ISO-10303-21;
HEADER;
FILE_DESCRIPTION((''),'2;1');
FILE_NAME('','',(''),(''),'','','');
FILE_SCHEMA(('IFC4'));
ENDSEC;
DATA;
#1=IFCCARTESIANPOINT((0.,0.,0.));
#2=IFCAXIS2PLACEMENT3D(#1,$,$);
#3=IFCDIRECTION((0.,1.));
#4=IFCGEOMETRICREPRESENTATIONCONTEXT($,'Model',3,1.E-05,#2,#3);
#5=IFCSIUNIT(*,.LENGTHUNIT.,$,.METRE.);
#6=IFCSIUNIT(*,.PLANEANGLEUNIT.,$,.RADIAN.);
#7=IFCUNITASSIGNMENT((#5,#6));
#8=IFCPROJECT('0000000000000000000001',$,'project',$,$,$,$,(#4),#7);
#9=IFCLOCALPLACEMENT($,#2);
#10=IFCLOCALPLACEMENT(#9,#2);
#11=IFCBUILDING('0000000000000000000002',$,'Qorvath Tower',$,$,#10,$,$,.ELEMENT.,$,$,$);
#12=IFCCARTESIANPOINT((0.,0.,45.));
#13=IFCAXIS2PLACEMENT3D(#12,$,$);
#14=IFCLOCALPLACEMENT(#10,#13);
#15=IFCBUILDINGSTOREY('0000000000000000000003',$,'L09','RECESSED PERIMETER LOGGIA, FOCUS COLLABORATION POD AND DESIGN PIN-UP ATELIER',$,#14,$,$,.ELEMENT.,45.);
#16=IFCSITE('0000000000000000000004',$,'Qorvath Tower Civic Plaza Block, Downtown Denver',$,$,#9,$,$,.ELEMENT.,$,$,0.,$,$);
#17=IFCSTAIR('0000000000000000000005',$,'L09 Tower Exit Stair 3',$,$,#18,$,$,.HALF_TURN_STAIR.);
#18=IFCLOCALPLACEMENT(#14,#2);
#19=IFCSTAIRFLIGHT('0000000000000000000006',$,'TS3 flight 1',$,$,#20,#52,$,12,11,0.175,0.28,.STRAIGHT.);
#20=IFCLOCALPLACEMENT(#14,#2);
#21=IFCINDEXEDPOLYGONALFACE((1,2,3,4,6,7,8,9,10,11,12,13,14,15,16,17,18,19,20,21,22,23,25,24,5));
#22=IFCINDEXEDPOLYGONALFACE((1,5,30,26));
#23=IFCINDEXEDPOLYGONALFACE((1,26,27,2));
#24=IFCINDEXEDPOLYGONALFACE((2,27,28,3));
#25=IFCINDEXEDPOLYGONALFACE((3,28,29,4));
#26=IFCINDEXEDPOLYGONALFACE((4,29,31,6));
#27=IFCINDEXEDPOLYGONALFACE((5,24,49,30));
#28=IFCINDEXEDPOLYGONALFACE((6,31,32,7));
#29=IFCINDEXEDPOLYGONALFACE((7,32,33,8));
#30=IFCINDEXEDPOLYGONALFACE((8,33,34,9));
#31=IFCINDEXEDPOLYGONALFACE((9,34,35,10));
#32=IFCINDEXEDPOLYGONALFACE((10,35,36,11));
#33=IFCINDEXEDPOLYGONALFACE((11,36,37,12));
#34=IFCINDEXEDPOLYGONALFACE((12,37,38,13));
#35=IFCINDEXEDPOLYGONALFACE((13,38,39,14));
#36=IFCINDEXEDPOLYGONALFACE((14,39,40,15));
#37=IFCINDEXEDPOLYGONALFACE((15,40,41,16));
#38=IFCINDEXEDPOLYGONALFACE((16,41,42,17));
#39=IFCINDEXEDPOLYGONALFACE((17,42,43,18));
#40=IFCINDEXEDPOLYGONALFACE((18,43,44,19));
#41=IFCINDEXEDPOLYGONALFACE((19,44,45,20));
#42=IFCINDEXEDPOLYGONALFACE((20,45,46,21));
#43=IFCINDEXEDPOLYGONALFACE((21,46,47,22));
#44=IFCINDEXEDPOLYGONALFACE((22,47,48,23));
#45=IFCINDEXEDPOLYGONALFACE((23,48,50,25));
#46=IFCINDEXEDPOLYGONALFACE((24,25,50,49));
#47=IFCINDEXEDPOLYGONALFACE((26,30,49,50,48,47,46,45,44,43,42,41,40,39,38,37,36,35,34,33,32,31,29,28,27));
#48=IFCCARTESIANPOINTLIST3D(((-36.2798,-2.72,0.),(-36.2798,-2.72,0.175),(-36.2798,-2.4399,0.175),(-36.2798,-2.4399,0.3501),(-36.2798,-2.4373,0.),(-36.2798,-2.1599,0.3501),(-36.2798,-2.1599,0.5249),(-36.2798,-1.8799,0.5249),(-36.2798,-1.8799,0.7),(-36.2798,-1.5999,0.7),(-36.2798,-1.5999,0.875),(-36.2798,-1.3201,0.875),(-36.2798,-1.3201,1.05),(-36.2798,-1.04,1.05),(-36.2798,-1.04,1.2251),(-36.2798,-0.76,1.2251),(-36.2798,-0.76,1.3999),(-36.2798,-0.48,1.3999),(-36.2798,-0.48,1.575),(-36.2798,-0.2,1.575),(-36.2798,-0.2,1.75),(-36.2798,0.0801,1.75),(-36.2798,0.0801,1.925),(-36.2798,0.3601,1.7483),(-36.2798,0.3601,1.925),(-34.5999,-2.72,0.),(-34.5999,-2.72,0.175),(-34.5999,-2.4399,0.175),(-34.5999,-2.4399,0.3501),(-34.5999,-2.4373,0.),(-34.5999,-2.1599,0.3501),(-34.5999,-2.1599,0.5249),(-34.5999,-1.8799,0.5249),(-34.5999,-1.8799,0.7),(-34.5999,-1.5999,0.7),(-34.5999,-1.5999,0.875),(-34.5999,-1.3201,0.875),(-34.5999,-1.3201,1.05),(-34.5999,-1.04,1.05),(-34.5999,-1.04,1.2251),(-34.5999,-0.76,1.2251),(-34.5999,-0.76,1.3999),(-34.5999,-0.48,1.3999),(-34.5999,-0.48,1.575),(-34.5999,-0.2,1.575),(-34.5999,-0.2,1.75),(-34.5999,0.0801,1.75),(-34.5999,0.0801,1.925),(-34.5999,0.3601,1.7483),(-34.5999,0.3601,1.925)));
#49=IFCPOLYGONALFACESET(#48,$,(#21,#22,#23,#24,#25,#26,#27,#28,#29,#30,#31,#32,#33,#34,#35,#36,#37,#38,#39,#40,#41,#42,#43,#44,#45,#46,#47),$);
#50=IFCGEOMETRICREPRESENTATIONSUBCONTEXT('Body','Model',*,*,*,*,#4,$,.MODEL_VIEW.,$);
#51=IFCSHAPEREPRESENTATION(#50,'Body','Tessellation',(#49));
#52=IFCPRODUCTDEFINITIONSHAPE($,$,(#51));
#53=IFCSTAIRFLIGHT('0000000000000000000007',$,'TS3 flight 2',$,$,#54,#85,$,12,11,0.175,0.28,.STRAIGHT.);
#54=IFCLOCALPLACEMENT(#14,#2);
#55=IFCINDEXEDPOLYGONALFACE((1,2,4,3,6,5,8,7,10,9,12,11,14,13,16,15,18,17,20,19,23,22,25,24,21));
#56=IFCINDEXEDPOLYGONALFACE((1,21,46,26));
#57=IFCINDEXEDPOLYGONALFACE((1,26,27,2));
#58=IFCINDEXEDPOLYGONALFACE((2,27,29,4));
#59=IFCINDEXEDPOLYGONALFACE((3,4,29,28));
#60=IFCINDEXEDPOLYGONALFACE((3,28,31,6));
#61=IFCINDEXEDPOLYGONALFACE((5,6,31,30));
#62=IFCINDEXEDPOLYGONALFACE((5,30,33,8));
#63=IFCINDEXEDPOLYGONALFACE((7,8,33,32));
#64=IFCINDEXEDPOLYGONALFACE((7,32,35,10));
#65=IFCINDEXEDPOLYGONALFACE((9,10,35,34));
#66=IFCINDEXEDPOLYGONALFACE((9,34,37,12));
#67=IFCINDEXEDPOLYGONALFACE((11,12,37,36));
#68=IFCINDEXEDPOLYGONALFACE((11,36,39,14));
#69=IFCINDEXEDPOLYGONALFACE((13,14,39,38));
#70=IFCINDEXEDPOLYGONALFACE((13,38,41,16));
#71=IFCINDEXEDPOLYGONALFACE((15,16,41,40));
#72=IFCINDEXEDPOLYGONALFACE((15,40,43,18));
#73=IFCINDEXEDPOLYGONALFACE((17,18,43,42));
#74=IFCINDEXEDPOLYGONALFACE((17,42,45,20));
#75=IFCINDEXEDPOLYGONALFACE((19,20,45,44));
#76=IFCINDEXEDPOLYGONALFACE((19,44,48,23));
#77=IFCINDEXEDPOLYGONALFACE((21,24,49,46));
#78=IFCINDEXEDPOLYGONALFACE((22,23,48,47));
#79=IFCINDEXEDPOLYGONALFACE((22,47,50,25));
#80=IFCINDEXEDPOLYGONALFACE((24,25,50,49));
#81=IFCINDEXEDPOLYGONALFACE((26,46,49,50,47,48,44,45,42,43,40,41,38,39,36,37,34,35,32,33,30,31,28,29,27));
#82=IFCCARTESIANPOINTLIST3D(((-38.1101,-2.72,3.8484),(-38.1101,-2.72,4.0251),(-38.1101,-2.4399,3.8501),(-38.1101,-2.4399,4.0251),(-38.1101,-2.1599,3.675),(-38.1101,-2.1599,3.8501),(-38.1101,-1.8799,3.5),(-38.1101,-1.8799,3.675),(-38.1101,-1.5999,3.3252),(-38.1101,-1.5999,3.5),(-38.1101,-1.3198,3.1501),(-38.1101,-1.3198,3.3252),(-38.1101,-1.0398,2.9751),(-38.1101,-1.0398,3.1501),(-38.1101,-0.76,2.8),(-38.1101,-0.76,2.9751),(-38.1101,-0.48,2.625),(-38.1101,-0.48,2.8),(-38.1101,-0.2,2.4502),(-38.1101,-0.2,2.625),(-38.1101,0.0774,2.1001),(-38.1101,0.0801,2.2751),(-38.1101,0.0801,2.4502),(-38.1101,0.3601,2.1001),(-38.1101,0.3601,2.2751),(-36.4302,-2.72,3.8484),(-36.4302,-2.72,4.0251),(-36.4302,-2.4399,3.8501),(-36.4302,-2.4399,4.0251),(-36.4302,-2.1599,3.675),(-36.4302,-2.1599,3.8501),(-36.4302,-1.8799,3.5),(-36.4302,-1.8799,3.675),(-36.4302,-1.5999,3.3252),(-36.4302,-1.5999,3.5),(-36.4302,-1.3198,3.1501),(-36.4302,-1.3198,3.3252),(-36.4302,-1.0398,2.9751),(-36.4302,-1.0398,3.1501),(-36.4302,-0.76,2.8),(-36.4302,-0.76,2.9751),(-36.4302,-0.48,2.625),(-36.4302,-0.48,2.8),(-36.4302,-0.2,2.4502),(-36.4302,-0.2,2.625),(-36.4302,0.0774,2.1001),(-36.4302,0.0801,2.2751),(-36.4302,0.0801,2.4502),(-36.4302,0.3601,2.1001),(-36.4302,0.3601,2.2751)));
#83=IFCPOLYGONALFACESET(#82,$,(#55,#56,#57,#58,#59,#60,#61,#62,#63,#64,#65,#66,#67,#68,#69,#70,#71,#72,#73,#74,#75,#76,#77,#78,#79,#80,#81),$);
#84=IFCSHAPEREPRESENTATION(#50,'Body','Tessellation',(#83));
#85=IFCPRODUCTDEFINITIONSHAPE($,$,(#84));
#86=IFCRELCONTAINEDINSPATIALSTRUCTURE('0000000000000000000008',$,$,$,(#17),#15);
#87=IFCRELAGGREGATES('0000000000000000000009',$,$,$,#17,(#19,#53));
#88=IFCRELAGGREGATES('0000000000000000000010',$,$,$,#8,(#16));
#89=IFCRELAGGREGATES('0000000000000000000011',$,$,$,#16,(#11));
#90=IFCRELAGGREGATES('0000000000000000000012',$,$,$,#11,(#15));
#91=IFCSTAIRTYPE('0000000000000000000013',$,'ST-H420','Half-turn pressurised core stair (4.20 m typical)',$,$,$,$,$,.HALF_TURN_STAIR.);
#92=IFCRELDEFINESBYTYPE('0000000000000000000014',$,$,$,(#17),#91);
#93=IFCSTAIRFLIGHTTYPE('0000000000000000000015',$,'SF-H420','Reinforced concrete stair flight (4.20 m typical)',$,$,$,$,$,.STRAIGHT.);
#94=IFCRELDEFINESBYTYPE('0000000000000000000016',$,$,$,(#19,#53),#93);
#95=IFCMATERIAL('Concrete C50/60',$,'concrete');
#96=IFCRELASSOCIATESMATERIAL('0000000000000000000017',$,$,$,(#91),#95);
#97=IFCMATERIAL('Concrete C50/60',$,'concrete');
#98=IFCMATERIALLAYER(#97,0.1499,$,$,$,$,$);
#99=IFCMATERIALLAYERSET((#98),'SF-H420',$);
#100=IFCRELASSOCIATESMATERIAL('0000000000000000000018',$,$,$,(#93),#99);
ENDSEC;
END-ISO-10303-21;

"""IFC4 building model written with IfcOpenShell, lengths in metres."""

from ifc_helpers import new_model, si_unit, direction, frame, origin, place, context, subcontext, project, spatial, polyline, outline, extrude, material, layer, layer_set, type_object, element, aggregate, save


model = new_model("IFC4")

# Units and contexts
model_context = context("Model", 3, precision=1e-05, world=origin(), true_north=direction((0.0, 1.0)))
body_context = subcontext(model_context, "Body", "Model", "MODEL_VIEW")
ifc_project = project(units=[si_unit("LENGTHUNIT", "METRE"), si_unit("PLANEANGLEUNIT", "RADIAN")], contexts=[model_context])

# Site, building, storey
site_placement = place(None, origin())
site = spatial("IfcSite", under=ifc_project, at=site_placement, Name="Qorvath Tower Civic Plaza Block, Downtown Denver", CompositionType="ELEMENT", RefElevation=0.0)
building_placement = place(site_placement, origin())
building = spatial("IfcBuilding", under=site, at=building_placement, Name="Qorvath Tower", CompositionType="ELEMENT")
storey_placement = place(building_placement, frame((0.0, 0.0, 45.0)))
storey = spatial("IfcBuildingStorey", under=building, at=storey_placement, Name="L09", Description="RECESSED PERIMETER LOGGIA, FOCUS COLLABORATION POD AND DESIGN PIN-UP ATELIER", CompositionType="ELEMENT", Elevation=45.0)

# Stair, stair flights
ifc_material_1 = material(Name="Concrete C50/60", Category="concrete")
stair_type = type_object("IfcStairType", Name="ST-H420", Description="Half-turn pressurised core stair (4.20 m typical)", PredefinedType="HALF_TURN_STAIR", material=ifc_material_1)
stair_placement = place(storey_placement, origin())
stair = element("IfcStair", 1, at=stair_placement, inside=storey, type_object=stair_type, Name="L09 Tower Exit Stair 3", PredefinedType="HALF_TURN_STAIR")
ifc_material_2 = material(Name="Concrete C50/60", Category="concrete")
ifc_layer_1 = layer(ifc_material_2, 0.1499)
ifc_layer_set_1 = layer_set([ifc_layer_1], Name="SF-H420")
stair_flight_type = type_object("IfcStairFlightType", Name="SF-H420", Description="Reinforced concrete stair flight (4.20 m typical)", PredefinedType="STRAIGHT", material=ifc_layer_set_1)
stair_flight_1_placement = place(storey_placement, frame((-35.4399, -2.72, 0.0), z_axis=(0.0, 0.0, 1.0), x_axis=(0.0, 1.0, 0.0)))
stair_flight_1 = element("IfcStairFlight", 2, at=stair_flight_1_placement, type_object=stair_flight_type, Name="TS3 flight 1", NumberOfRisers=12, NumberOfTreads=11, PredefinedType="STRAIGHT", RiserHeight=0.175, TreadLength=0.28, context=body_context, shape_type="SweptSolid", body=[
    extrude(outline(polyline([(0.0, 0.0), (0.0, 0.175), (0.28, 0.175), (0.28, 0.3501), (0.5601, 0.3501), (0.5601, 0.5249), (0.8401, 0.5249), (0.8401, 0.7), (1.1201, 0.7), (1.1201, 0.875), (1.3999, 0.875), (1.3999, 1.05), (1.6799, 1.05), (1.6799, 1.2251), (1.96, 1.2251), (1.96, 1.3999), (2.24, 1.3999), (2.24, 1.575), (2.52, 1.575), (2.52, 1.75), (2.8, 1.75), (2.8, 1.925), (3.0801, 1.925), (3.0801, 2.1001), (3.0801, 1.7483), (0.2827, 0.0), (0.0, 0.0)])), frame((0.0, 0.8398, 0.0), z_axis=(0.0, -1.0, 0.0), x_axis=(1.0, 0.0, 0.0)), (0.0, 0.0, 1.0), 1.6799),
])
stair_flight_2_placement = place(storey_placement, frame((-37.27, 0.3601, 2.1001), z_axis=(0.0, 0.0, 1.0), x_axis=(0.0, -1.0, 0.0)))
stair_flight_2 = element("IfcStairFlight", 3, at=stair_flight_2_placement, type_object=stair_flight_type, Name="TS3 flight 2", NumberOfRisers=12, NumberOfTreads=11, PredefinedType="STRAIGHT", RiserHeight=0.175, TreadLength=0.28, context=body_context, shape_type="SweptSolid", body=[
    extrude(outline(polyline([(0.0, 0.0), (0.0, 0.175), (0.28, 0.175), (0.28, 0.3501), (0.5601, 0.3501), (0.5601, 0.5249), (0.8401, 0.5249), (0.8401, 0.7), (1.1201, 0.7), (1.1201, 0.875), (1.3999, 0.875), (1.3999, 1.05), (1.6799, 1.05), (1.6799, 1.2251), (1.96, 1.2251), (1.96, 1.3999), (2.24, 1.3999), (2.24, 1.575), (2.52, 1.575), (2.52, 1.75), (2.8, 1.75), (2.8, 1.925), (3.0801, 1.925), (3.0801, 2.1001), (3.0801, 1.7483), (0.2827, 0.0), (0.0, 0.0)])), frame((0.0, 0.8398, 0.0), z_axis=(0.0, -1.0, 0.0), x_axis=(1.0, 0.0, 0.0)), (0.0, 0.0, 1.0), 1.6799),
])
aggregate(stair, [stair_flight_1, stair_flight_2])

save(model, "model.ifc")
